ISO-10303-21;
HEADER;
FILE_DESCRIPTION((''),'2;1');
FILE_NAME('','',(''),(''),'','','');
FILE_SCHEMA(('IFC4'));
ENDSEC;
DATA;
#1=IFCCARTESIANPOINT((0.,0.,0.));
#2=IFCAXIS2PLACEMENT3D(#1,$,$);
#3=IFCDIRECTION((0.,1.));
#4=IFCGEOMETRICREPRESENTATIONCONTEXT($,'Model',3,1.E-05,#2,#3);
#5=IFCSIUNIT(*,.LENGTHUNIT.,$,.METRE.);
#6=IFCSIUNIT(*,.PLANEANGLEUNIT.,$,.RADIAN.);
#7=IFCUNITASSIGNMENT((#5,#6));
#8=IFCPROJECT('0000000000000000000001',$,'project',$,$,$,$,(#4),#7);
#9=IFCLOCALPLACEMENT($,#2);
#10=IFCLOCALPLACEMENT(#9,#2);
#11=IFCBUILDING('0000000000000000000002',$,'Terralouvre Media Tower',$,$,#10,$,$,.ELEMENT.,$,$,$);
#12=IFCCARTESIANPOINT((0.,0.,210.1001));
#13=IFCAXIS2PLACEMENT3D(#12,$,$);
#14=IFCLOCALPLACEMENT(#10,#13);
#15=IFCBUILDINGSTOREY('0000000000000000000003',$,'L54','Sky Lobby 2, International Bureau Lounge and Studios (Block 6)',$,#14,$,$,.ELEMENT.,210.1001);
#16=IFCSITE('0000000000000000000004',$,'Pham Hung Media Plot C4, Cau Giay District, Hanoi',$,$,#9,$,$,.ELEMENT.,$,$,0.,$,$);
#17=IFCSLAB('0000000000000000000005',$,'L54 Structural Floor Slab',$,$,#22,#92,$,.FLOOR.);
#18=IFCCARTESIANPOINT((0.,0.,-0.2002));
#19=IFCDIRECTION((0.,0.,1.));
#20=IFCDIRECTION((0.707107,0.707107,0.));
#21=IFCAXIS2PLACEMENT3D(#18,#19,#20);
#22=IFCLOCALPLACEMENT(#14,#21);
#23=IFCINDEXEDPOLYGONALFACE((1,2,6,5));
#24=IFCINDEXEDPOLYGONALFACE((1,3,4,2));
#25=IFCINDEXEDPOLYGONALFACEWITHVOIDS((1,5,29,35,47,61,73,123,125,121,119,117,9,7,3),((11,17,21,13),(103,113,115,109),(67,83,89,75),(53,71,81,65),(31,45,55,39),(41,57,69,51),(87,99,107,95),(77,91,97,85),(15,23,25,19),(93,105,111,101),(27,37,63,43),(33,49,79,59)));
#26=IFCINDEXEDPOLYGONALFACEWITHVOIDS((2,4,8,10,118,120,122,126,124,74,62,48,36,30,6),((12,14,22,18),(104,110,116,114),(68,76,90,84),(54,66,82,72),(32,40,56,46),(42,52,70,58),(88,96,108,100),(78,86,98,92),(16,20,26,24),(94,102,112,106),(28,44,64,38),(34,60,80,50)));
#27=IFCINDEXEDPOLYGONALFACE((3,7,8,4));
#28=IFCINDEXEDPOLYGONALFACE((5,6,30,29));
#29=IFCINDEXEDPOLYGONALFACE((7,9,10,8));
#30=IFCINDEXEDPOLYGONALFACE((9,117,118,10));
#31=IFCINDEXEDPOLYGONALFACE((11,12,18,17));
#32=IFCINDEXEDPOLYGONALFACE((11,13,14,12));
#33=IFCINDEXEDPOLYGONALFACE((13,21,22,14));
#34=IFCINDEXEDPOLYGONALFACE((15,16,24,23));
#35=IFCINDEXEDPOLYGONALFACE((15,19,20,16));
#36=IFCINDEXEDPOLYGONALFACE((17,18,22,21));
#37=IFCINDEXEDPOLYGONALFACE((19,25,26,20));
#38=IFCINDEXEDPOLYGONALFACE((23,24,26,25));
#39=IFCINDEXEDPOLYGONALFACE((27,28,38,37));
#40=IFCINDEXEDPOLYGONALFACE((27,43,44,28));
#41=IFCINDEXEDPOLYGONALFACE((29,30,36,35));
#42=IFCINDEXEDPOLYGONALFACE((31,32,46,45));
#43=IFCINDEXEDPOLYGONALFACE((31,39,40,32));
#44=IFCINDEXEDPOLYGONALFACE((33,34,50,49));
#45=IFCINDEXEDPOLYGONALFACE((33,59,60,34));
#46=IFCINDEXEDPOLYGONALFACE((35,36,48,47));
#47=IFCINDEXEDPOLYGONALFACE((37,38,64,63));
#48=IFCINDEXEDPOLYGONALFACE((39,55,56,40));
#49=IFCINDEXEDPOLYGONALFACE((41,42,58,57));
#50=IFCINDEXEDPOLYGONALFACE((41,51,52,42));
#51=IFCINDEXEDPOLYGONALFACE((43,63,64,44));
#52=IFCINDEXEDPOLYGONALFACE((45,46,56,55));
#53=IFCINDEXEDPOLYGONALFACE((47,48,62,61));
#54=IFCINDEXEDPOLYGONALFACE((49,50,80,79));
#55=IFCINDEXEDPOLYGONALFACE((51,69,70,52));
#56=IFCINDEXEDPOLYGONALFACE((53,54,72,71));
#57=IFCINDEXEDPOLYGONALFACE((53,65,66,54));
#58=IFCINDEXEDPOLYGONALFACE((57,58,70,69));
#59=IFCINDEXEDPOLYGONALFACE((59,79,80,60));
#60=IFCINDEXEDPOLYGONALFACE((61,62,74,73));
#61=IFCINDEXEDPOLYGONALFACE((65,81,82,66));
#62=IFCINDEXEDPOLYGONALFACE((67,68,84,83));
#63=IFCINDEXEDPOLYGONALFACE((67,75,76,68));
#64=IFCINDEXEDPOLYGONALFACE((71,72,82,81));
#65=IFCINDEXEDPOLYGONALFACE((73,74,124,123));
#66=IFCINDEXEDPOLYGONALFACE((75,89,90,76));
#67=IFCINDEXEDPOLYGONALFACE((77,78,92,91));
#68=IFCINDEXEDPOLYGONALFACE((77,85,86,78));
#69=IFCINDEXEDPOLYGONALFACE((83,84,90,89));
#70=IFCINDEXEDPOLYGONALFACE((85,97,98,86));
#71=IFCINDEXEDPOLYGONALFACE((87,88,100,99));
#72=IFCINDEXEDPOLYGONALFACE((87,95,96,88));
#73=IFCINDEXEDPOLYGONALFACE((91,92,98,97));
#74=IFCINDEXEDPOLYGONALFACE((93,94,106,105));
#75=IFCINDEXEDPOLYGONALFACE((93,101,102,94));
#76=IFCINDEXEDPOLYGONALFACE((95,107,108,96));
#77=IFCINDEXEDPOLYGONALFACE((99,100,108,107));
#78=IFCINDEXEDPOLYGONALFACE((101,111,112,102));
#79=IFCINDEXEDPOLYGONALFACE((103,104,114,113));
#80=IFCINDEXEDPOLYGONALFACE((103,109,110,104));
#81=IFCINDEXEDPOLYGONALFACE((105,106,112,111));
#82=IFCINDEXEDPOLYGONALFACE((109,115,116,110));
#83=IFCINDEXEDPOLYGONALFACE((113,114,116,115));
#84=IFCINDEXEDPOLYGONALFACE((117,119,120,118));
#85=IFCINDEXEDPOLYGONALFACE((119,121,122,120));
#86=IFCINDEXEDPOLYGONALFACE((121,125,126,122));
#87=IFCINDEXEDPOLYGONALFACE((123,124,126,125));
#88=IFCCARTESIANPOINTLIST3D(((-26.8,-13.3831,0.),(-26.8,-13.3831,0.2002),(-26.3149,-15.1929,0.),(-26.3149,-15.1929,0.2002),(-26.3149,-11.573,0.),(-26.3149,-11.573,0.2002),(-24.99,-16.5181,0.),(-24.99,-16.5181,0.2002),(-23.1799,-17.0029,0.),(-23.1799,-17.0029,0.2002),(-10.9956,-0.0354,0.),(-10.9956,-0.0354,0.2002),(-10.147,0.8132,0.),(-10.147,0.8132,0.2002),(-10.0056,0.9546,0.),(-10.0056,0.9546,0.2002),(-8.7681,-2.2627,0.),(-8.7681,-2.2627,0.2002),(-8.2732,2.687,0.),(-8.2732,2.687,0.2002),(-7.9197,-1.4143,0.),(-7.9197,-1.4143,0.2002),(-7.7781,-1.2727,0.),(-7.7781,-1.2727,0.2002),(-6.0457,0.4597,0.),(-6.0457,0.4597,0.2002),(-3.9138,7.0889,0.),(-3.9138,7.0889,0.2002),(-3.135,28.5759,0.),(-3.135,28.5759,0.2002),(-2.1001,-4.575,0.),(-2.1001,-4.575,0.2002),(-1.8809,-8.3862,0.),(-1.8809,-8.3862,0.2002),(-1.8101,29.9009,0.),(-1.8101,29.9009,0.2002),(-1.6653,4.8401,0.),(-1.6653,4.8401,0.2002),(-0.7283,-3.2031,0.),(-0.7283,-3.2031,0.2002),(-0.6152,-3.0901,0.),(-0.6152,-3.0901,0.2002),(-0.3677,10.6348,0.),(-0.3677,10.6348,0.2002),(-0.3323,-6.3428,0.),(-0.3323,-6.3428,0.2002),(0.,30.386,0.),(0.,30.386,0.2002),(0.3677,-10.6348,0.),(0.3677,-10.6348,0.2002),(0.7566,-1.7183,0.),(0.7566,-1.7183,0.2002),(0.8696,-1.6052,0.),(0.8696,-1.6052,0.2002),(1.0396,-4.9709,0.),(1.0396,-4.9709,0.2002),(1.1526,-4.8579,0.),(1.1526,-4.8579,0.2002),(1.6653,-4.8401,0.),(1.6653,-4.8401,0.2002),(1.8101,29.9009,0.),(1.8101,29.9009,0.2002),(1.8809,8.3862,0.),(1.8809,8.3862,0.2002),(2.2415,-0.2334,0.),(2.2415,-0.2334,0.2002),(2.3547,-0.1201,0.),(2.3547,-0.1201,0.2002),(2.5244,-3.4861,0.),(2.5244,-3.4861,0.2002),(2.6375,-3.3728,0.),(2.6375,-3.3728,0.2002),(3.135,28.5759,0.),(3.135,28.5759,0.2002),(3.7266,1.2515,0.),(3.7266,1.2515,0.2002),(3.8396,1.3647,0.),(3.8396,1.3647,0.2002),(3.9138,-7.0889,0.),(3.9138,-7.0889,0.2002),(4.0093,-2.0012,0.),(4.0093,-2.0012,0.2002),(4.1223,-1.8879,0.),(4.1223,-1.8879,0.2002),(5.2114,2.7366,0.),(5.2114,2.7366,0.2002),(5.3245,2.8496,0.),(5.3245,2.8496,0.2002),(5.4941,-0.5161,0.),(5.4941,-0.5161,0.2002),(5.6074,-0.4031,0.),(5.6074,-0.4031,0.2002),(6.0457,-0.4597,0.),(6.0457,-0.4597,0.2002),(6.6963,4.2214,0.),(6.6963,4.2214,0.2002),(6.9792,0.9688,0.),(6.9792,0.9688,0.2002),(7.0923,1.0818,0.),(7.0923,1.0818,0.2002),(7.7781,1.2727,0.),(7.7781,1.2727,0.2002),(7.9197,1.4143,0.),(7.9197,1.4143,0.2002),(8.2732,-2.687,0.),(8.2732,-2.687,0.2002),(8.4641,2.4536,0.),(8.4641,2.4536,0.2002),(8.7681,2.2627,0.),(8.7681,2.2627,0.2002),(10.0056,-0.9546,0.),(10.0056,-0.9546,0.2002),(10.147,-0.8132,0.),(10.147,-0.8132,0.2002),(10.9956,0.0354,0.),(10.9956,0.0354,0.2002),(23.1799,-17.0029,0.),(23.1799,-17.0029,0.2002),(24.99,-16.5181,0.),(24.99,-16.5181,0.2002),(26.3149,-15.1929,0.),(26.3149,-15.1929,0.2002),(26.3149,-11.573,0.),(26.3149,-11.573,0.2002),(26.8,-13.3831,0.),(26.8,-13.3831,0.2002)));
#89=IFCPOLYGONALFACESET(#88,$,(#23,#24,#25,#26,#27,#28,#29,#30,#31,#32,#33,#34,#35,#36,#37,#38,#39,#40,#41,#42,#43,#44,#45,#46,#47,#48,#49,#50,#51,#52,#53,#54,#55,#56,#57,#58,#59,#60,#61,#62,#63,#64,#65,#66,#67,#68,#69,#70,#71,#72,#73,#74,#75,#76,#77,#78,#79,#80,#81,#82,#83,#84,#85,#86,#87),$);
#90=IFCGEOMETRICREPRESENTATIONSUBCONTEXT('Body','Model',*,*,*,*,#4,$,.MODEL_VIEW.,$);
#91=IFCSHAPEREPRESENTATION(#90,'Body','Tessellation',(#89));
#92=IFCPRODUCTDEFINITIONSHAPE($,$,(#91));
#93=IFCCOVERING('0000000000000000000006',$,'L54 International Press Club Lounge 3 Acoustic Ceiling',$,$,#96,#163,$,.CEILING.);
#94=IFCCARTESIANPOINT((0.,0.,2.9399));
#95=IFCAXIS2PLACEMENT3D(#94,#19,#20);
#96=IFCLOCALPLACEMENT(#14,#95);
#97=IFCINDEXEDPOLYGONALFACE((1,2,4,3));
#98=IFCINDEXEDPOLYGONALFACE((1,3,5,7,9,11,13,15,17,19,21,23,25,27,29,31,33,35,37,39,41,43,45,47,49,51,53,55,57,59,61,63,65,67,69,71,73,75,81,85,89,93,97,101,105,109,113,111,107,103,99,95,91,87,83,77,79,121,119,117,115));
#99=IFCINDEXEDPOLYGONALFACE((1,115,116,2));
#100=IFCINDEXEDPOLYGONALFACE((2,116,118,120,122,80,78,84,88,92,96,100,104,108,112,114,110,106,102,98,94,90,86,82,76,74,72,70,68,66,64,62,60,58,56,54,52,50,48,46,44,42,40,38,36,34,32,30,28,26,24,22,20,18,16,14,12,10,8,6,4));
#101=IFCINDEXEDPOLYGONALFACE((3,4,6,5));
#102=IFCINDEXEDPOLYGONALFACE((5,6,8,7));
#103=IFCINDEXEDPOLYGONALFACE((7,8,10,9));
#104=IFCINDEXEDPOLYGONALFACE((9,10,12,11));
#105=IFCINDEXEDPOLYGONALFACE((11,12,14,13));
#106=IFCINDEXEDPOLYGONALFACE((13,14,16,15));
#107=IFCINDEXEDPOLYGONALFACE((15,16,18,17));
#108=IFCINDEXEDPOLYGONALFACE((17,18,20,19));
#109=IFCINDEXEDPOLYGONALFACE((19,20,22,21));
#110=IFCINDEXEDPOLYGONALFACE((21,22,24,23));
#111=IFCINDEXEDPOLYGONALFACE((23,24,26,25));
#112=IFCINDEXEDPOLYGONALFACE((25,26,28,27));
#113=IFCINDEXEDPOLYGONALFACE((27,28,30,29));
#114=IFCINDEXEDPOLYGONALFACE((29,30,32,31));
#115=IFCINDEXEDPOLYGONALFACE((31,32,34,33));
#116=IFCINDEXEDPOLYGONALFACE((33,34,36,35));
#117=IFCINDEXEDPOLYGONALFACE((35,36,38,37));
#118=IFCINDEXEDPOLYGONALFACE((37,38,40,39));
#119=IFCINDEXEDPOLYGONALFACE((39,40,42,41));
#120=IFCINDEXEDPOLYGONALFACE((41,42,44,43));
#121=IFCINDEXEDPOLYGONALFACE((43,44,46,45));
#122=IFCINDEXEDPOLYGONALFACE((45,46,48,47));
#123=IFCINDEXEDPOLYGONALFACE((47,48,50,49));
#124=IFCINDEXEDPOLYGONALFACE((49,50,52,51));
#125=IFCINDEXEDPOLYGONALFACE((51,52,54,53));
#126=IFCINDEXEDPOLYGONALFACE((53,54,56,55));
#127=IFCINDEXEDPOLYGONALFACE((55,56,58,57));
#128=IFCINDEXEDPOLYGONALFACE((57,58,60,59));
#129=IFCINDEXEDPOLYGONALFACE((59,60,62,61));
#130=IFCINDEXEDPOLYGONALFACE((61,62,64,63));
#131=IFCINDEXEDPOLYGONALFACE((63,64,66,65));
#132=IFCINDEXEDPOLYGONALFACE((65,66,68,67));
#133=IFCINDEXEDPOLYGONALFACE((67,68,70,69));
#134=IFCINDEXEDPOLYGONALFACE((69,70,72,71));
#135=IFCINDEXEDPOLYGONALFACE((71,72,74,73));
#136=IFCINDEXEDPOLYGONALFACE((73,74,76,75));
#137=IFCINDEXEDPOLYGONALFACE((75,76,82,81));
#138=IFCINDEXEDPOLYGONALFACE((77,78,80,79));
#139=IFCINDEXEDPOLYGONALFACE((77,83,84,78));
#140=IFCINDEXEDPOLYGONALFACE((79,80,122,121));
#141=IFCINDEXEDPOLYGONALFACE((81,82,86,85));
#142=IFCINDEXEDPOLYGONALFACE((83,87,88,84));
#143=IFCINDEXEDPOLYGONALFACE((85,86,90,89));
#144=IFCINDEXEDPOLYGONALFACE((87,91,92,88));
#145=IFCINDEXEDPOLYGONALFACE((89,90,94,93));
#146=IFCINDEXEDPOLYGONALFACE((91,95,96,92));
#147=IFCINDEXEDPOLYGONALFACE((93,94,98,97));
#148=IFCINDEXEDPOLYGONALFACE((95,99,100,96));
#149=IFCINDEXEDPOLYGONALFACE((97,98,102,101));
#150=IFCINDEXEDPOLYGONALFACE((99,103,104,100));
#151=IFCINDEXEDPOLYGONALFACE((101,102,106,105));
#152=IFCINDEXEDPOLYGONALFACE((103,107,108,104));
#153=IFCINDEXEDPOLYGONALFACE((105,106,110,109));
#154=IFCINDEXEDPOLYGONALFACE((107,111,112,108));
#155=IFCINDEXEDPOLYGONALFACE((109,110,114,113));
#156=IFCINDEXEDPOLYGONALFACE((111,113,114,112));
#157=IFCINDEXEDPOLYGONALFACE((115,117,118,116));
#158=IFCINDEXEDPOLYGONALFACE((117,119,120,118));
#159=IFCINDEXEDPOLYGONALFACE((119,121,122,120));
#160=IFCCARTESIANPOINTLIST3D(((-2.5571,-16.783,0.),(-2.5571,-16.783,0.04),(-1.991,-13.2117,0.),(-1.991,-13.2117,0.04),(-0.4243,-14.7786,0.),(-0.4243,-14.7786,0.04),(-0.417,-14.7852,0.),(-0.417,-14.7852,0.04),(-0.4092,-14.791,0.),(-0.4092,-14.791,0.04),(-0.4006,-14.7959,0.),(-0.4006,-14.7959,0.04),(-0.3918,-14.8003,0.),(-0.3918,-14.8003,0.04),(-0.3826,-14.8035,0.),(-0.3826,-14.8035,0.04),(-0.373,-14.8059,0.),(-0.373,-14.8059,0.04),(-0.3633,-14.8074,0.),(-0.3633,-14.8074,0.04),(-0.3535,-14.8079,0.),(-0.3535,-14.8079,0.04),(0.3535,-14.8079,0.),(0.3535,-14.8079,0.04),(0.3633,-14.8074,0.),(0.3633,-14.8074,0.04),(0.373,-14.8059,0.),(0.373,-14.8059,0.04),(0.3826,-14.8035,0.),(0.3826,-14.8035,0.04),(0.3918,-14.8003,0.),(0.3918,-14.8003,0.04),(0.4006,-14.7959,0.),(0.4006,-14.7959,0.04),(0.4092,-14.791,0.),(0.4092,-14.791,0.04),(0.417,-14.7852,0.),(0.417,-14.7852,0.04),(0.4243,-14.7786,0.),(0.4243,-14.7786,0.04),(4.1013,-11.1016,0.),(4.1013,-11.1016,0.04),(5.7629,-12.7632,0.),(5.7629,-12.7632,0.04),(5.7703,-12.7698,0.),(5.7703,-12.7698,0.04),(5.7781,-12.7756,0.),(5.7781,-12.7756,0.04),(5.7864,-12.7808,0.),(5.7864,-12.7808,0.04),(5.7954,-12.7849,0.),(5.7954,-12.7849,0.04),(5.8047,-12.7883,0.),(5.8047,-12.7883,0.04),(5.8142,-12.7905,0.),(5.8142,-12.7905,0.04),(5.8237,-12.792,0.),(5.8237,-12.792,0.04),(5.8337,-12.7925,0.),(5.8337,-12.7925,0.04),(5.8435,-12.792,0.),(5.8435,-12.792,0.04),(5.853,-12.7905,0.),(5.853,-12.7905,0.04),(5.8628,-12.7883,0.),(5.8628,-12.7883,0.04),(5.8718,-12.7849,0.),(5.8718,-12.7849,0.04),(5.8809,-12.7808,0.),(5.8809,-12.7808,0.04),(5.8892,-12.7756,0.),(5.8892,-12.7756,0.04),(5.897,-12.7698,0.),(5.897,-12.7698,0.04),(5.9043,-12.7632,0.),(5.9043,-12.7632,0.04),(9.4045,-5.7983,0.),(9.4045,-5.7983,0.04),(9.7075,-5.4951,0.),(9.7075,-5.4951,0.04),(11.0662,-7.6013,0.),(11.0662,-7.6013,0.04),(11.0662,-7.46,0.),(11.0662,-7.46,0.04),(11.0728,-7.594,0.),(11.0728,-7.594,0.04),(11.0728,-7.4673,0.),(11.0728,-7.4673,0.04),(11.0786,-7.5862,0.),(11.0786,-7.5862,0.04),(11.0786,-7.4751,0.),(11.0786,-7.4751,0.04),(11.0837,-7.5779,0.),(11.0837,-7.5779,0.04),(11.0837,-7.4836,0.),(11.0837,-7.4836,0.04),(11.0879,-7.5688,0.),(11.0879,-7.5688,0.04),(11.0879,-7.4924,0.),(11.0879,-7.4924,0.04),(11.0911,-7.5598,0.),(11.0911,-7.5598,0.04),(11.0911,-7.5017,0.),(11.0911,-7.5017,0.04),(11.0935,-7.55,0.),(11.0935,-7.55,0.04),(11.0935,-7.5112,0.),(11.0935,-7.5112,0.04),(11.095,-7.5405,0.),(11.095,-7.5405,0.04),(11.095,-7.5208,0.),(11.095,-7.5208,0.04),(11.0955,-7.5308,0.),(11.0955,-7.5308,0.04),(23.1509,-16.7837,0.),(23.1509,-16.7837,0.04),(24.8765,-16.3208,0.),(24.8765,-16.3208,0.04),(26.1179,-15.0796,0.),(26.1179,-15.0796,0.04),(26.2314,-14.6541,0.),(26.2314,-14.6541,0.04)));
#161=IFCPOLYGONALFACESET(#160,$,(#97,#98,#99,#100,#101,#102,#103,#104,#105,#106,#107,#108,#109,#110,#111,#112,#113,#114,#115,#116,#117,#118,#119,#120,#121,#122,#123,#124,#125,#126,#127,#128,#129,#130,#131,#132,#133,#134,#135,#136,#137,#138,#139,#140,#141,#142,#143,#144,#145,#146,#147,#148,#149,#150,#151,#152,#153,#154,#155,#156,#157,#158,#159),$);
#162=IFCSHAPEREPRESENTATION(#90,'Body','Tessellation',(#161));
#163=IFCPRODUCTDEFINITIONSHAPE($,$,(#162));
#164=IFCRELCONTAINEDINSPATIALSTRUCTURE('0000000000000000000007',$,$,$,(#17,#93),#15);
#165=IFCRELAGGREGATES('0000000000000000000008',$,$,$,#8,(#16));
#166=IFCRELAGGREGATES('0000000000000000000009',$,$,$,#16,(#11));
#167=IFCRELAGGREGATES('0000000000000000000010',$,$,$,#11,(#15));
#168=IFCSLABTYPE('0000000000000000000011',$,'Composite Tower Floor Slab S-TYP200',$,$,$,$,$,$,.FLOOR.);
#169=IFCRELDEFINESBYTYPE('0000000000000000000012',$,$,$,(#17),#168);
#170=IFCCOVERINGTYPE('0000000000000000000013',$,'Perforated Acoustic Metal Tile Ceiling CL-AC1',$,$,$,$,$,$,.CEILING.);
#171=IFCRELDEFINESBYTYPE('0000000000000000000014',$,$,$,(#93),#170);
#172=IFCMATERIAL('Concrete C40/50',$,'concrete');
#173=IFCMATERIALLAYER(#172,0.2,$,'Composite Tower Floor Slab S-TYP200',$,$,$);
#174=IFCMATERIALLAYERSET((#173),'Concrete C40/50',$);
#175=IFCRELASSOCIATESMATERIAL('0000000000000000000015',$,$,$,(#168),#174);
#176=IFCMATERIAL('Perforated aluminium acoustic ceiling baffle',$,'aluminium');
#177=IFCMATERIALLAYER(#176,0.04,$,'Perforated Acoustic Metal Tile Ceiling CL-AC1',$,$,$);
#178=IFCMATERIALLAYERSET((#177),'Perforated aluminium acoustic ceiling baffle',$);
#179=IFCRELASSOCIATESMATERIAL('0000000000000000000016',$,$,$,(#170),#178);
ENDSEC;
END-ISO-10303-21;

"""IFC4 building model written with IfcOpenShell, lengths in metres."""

from ifc_helpers import new_model, si_unit, direction, frame, origin, place, context, subcontext, project, spatial, polyline, outline, extrude, material, layer, layer_set, type_object, element, save


model = new_model("IFC4")

# Units and contexts
model_context = context("Model", 3, precision=1e-05, world=origin(), true_north=direction((0.0, 1.0)))
body_context = subcontext(model_context, "Body", "Model", "MODEL_VIEW")
ifc_project = project(units=[si_unit("LENGTHUNIT", "METRE"), si_unit("PLANEANGLEUNIT", "RADIAN")], contexts=[model_context])

# Site, building, storey
site_placement = place(None, origin())
site = spatial("IfcSite", under=ifc_project, at=site_placement, Name="Pham Hung Media Plot C4, Cau Giay District, Hanoi", CompositionType="ELEMENT", RefElevation=0.0)
building_placement = place(site_placement, origin())
building = spatial("IfcBuilding", under=site, at=building_placement, Name="Terralouvre Media Tower", CompositionType="ELEMENT")
storey_placement = place(building_placement, frame((0.0, 0.0, 210.1001)))
storey = spatial("IfcBuildingStorey", under=building, at=storey_placement, Name="L54", Description="Sky Lobby 2, International Bureau Lounge and Studios (Block 6)", CompositionType="ELEMENT", Elevation=210.1001)

# Slab
ifc_material_1 = material(Name="Concrete C40/50", Category="concrete")
ifc_layer_1 = layer(ifc_material_1, 0.2, Name="Composite Tower Floor Slab S-TYP200")
ifc_layer_set_1 = layer_set([ifc_layer_1], Name="Concrete C40/50")
slab_type = type_object("IfcSlabType", Name="Composite Tower Floor Slab S-TYP200", PredefinedType="FLOOR", material=ifc_layer_set_1)
slab_placement = place(storey_placement, frame((0.0, 0.0, -0.2002), z_axis=(0.0, 0.0, 1.0), x_axis=(0.707107, 0.707107, 0.0)))
element("IfcSlab", 1, at=slab_placement, inside=storey, type_object=slab_type, Name="L54 Structural Floor Slab", PredefinedType="FLOOR", context=body_context, shape_type="SweptSolid", body=[
    extrude(outline(polyline([(-26.3149, -11.573), (-26.8, -13.3831), (-26.3149, -15.1929), (-24.99, -16.5181), (-23.1799, -17.0029), (23.1799, -17.0029), (24.99, -16.5181), (26.3149, -15.1929), (26.8, -13.3831), (26.3149, -11.573), (3.135, 28.5759), (1.8101, 29.9009), (0.0, 30.386), (-1.8101, 29.9009), (-3.135, 28.5759), (-26.3149, -11.573)]), holes=[polyline([(-7.9197, -1.4143), (-8.7681, -2.2627), (-10.9956, -0.0354), (-10.147, 0.8132), (-7.9197, -1.4143)]), polyline([(-7.7781, -1.2727), (-10.0056, 0.9546), (-8.2732, 2.687), (-6.0457, 0.4597), (-7.7781, -1.2727)]), polyline([(4.1223, -1.8879), (2.3547, -0.1201), (3.7266, 1.2515), (5.4941, -0.5161), (4.1223, -1.8879)]), polyline([(6.9792, 0.9688), (5.6074, -0.4031), (3.8396, 1.3647), (5.2114, 2.7366), (6.9792, 0.9688)]), polyline([(-1.6653, 4.8401), (-3.9138, 7.0889), (-0.3677, 10.6348), (1.8809, 8.3862), (-1.6653, 4.8401)]), polyline([(7.0923, 1.0818), (5.3245, 2.8496), (6.6963, 4.2214), (8.4641, 2.4536), (7.0923, 1.0818)]), polyline([(-1.8809, -8.3862), (1.6653, -4.8401), (3.9138, -7.0889), (0.3677, -10.6348), (-1.8809, -8.3862)]), polyline([(-0.3323, -6.3428), (-2.1001, -4.575), (-0.7283, -3.2031), (1.0396, -4.9709), (-0.3323, -6.3428)]), polyline([(1.1526, -4.8579), (-0.6152, -3.0901), (0.7566, -1.7183), (2.5244, -3.4861), (1.1526, -4.8579)]), polyline([(4.0093, -2.0012), (2.6375, -3.3728), (0.8696, -1.6052), (2.2415, -0.2334), (4.0093, -2.0012)]), polyline([(8.2732, -2.687), (6.0457, -0.4597), (7.7781, 1.2727), (10.0056, -0.9546), (8.2732, -2.687)]), polyline([(10.147, -0.8132), (7.9197, 1.4143), (8.7681, 2.2627), (10.9956, 0.0354), (10.147, -0.8132)])]), origin(), (0.0, 0.0, 1.0), 0.2002),
])

# Covering
ifc_material_2 = material(Name="Perforated aluminium acoustic ceiling baffle", Category="aluminium")
ifc_layer_2 = layer(ifc_material_2, 0.04, Name="Perforated Acoustic Metal Tile Ceiling CL-AC1")
ifc_layer_set_2 = layer_set([ifc_layer_2], Name="Perforated aluminium acoustic ceiling baffle")
covering_type = type_object("IfcCoveringType", Name="Perforated Acoustic Metal Tile Ceiling CL-AC1", PredefinedType="CEILING", material=ifc_layer_set_2)
covering_1_placement = place(storey_placement, frame((0.0, 0.0, 2.9399), z_axis=(0.0, 0.0, 1.0), x_axis=(0.707107, 0.707107, 0.0)))
element("IfcCovering", 2, at=covering_1_placement, inside=storey, type_object=covering_type, Name="L54 International Press Club Lounge 3 Acoustic Ceiling", PredefinedType="CEILING", context=body_context, shape_type="SweptSolid", body=[
    extrude(outline(polyline([(9.4045, -5.7983), (11.0662, -7.46), (11.0728, -7.4673), (11.0786, -7.4751), (11.0837, -7.4836), (11.0879, -7.4924), (11.0911, -7.5017), (11.0935, -7.5112), (11.095, -7.5208), (11.0955, -7.5308), (11.095, -7.5405), (11.0935, -7.55), (11.0911, -7.5598), (11.0879, -7.5688), (11.0837, -7.5779), (11.0786, -7.5862), (11.0728, -7.594), (11.0662, -7.6013), (5.9043, -12.7632), (5.897, -12.7698), (5.8892, -12.7756), (5.8809, -12.7808), (5.8718, -12.7849), (5.8628, -12.7883), (5.853, -12.7905), (5.8435, -12.792), (5.8337, -12.7925), (5.8237, -12.792), (5.8142, -12.7905), (5.8047, -12.7883), (5.7954, -12.7849), (5.7864, -12.7808), (5.7781, -12.7756), (5.7703, -12.7698), (5.7629, -12.7632), (4.1013, -11.1016), (0.4243, -14.7786), (0.417, -14.7852), (0.4092, -14.791), (0.4006, -14.7959), (0.3918, -14.8003), (0.3826, -14.8035), (0.373, -14.8059), (0.3633, -14.8074), (0.3535, -14.8079), (-0.3535, -14.8079), (-0.3633, -14.8074), (-0.373, -14.8059), (-0.3826, -14.8035), (-0.3918, -14.8003), (-0.4006, -14.7959), (-0.4092, -14.791), (-0.417, -14.7852), (-0.4243, -14.7786), (-1.991, -13.2117), (-2.5571, -16.783), (23.1509, -16.7837), (24.8765, -16.3208), (26.1179, -15.0796), (26.2314, -14.6541), (9.7075, -5.4951), (9.4045, -5.7983)])), origin(), (0.0, 0.0, 1.0), 0.04),
])

save(model, "model.ifc")
